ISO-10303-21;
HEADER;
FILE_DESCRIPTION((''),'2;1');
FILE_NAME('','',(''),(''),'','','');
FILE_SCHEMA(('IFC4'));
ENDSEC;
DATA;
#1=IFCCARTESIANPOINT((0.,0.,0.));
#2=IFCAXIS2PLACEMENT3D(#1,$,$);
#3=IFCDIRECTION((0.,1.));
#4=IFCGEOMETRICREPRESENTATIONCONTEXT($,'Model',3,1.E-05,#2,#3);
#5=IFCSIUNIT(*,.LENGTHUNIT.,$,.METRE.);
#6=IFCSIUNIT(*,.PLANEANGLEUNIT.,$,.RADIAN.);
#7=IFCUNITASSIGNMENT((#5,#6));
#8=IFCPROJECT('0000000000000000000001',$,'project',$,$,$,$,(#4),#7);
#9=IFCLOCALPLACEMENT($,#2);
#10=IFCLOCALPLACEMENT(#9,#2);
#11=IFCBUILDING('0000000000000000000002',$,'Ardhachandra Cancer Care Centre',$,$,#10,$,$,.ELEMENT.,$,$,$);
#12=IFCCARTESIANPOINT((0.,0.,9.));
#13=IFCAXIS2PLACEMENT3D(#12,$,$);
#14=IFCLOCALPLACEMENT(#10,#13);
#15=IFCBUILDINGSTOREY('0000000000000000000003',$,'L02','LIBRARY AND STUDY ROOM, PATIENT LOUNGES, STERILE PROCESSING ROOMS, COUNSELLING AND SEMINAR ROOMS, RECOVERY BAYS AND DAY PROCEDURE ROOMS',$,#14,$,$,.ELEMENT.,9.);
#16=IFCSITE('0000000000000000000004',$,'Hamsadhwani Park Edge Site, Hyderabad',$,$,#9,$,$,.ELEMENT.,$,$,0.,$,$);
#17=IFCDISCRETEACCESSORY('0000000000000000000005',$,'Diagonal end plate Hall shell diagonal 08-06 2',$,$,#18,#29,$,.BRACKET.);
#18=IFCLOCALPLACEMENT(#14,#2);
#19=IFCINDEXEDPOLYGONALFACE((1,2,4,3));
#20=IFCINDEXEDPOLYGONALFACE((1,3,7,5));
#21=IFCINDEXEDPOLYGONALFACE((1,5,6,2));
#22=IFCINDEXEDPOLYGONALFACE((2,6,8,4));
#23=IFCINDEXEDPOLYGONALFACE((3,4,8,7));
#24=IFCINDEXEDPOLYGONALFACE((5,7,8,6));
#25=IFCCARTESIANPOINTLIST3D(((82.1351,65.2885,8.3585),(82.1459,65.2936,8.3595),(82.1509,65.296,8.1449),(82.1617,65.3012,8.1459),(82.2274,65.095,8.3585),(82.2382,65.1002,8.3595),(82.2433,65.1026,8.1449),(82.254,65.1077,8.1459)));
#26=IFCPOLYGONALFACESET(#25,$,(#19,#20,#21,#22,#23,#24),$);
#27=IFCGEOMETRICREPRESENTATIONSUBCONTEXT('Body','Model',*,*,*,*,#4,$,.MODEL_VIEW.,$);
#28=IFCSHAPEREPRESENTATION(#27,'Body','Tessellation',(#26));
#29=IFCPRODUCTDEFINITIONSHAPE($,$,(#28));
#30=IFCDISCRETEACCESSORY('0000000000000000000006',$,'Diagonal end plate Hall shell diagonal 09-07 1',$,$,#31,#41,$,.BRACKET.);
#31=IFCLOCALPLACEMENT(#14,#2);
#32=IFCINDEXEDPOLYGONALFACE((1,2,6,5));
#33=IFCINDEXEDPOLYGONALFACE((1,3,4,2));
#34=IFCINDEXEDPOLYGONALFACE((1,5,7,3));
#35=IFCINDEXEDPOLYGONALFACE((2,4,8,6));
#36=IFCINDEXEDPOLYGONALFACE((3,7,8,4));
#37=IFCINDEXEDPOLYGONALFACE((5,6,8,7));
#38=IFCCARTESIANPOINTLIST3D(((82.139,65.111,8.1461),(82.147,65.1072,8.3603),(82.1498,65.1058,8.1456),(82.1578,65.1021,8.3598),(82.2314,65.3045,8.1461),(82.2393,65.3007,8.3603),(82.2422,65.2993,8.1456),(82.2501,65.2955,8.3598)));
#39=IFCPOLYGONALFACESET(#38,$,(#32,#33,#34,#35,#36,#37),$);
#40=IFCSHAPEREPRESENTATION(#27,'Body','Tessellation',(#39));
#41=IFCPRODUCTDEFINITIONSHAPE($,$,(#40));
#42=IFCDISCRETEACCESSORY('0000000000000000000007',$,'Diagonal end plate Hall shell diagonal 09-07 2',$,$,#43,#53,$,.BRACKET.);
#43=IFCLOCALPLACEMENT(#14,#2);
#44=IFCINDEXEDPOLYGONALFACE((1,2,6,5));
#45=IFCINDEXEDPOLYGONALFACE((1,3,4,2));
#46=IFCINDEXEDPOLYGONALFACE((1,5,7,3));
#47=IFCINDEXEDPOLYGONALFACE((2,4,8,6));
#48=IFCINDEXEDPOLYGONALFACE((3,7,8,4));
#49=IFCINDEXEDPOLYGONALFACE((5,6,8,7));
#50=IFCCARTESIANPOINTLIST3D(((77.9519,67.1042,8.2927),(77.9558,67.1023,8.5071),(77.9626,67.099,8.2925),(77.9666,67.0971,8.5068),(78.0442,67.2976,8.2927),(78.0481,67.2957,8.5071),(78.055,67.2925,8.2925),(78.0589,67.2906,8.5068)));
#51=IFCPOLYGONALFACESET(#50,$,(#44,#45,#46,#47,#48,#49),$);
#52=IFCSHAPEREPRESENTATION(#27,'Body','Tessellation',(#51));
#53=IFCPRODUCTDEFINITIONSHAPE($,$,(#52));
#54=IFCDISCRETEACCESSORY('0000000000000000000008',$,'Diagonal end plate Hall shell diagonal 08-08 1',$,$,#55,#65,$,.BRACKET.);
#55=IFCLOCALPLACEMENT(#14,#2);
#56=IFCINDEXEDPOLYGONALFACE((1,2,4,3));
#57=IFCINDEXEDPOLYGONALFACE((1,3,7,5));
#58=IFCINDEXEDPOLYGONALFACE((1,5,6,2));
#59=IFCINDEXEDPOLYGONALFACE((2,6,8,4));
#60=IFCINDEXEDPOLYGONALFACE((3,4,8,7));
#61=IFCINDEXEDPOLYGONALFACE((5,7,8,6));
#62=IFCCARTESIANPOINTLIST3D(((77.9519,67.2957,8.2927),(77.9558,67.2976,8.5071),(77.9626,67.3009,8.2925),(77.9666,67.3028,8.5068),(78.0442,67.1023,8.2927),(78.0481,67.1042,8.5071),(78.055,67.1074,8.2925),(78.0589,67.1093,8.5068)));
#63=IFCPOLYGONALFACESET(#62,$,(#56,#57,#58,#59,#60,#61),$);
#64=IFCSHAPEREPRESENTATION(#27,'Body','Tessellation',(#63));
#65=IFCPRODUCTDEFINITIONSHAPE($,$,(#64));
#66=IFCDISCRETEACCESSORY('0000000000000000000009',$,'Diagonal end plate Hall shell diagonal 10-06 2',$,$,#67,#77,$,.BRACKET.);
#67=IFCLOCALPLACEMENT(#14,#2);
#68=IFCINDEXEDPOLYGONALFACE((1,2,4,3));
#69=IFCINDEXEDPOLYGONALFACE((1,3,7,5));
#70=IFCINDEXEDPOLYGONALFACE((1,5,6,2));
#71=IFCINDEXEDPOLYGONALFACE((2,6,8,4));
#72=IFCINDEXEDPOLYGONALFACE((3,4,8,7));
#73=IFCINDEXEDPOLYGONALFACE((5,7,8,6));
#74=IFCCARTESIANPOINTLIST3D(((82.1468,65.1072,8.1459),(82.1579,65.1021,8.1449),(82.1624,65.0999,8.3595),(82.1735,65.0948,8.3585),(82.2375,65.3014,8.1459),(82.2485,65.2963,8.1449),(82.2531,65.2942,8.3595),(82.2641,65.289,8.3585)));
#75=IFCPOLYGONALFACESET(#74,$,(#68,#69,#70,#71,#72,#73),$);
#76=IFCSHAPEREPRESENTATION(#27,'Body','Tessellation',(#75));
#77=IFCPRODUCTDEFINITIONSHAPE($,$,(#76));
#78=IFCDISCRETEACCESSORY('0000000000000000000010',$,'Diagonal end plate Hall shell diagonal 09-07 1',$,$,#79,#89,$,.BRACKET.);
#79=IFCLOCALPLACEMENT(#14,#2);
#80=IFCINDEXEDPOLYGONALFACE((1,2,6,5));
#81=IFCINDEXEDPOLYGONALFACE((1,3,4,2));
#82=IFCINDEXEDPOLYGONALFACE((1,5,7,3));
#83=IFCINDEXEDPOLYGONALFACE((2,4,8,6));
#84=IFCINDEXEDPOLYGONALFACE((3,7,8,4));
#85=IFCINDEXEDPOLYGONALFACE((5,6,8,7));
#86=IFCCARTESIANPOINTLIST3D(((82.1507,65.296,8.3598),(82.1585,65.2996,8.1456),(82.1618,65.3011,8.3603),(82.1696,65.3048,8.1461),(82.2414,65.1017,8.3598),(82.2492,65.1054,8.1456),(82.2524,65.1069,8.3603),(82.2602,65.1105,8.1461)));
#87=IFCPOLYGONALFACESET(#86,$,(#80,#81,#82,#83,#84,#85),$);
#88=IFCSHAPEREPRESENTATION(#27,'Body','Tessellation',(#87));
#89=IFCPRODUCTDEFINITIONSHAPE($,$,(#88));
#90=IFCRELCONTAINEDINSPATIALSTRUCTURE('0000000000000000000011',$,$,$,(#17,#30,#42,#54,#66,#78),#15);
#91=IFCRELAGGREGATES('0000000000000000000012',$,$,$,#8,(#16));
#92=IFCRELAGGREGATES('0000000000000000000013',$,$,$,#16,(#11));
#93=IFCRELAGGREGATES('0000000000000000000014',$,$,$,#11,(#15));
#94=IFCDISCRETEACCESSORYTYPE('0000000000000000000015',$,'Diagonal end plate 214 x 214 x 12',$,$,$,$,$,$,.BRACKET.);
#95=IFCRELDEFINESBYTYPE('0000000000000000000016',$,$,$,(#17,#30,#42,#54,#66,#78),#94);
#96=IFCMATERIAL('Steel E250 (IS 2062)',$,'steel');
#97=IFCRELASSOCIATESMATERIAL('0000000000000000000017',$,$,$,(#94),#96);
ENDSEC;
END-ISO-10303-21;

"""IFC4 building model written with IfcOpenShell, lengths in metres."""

from ifc_helpers import new_model, si_unit, direction, frame, origin, origin_2d, place, context, subcontext, project, spatial, rectangle, extrude, material, material_profile, profile_set, type_object, element, save


model = new_model("IFC4")

# Units and contexts
model_context = context("Model", 3, precision=1e-05, world=origin(), true_north=direction((0.0, 1.0)))
body_context = subcontext(model_context, "Body", "Model", "MODEL_VIEW")
ifc_project = project(units=[si_unit("LENGTHUNIT", "METRE"), si_unit("PLANEANGLEUNIT", "RADIAN")], contexts=[model_context])

# Site, building, storey
site_placement = place(None, origin())
site = spatial("IfcSite", under=ifc_project, at=site_placement, Name="Hamsadhwani Park Edge Site, Hyderabad", CompositionType="ELEMENT", RefElevation=0.0)
building_placement = place(site_placement, origin())
building = spatial("IfcBuilding", under=site, at=building_placement, Name="Ardhachandra Cancer Care Centre", CompositionType="ELEMENT")
storey_placement = place(building_placement, frame((0.0, 0.0, 9.0)))
storey = spatial("IfcBuildingStorey", under=building, at=storey_placement, Name="L02", Description="LIBRARY AND STUDY ROOM, PATIENT LOUNGES, STERILE PROCESSING ROOMS, COUNSELLING AND SEMINAR ROOMS, RECOVERY BAYS AND DAY PROCEDURE ROOMS", CompositionType="ELEMENT", Elevation=9.0)

# Discrete accessories
ifc_material_1 = material(Name="Steel E250 (IS 2062)", Category="steel")
ifc_material_profile_1 = material_profile(ifc_material_1, rectangle(XDim=0.2144, YDim=0.2144, at=origin_2d()), Name="PL 214x214x12")
ifc_profile_set_1 = profile_set([ifc_material_profile_1], Name="Steel E250 (IS 2062)")
discrete_accessory_type = type_object("IfcDiscreteAccessoryType", Name="Diagonal end plate 214 x 214 x 12", PredefinedType="BRACKET", material=ifc_profile_set_1)
for number, where, z_axis, x_axis, name in (
    (1, (82.2, 65.2007, 8.2527), (-0.899459, -0.429287, -0.081769), (0.43073, -0.902481, 0.0), "Diagonal end plate Hall shell diagonal 08-06 2"),
    (2, (82.2, 65.2007, 8.2527), (-0.901723, 0.430368, 0.040987), (-0.43073, -0.902481, 0.0), "Diagonal end plate Hall shell diagonal 09-07 1"),
    (3, (78.0, 67.2, 8.3999), (0.902291, -0.430639, -0.020507), (0.43073, 0.902481, 0.0), "Diagonal end plate Hall shell diagonal 09-07 2"),
    (4, (78.0, 67.2, 8.3999), (0.902291, 0.430639, -0.020507), (-0.43073, 0.902481, 0.0), "Diagonal end plate Hall shell diagonal 08-08 1"),
):
    element("IfcDiscreteAccessory", number, at=place(storey_placement, frame(where, z_axis=z_axis, x_axis=x_axis)), inside=storey, type_object=discrete_accessory_type, Name=name, PredefinedType="BRACKET", context=body_context, shape_type="SweptSolid", body=[
        extrude(rectangle(XDim=0.2144, YDim=0.2144, at=origin_2d()), origin(), (0.0, 0.0, 1.0), 0.012),
    ])
for number, where, z_axis, x_axis, name in (
    (5, (82.2, 65.2007, 8.2527), (0.903258, -0.42152, -0.08029), (0.422885, 0.906183, 0.0), "Diagonal end plate Hall shell diagonal 10-06 2"),
    (6, (82.2, 65.2007, 8.2527), (0.905449, 0.422543, 0.040242), (-0.422885, 0.906183, 0.0), "Diagonal end plate Hall shell diagonal 09-07 1"),
):
    element("IfcDiscreteAccessory", number, at=place(storey_placement, frame(where, z_axis=z_axis, x_axis=x_axis)), inside=storey, type_object=discrete_accessory_type, Name=name, PredefinedType="BRACKET", context=body_context, shape_type="SweptSolid", body=[
        extrude(rectangle(XDim=0.2144, YDim=0.2144, at=origin_2d()), origin(), (0.0, 0.0, 1.0), 0.0122),
    ])

save(model, "model.ifc")
